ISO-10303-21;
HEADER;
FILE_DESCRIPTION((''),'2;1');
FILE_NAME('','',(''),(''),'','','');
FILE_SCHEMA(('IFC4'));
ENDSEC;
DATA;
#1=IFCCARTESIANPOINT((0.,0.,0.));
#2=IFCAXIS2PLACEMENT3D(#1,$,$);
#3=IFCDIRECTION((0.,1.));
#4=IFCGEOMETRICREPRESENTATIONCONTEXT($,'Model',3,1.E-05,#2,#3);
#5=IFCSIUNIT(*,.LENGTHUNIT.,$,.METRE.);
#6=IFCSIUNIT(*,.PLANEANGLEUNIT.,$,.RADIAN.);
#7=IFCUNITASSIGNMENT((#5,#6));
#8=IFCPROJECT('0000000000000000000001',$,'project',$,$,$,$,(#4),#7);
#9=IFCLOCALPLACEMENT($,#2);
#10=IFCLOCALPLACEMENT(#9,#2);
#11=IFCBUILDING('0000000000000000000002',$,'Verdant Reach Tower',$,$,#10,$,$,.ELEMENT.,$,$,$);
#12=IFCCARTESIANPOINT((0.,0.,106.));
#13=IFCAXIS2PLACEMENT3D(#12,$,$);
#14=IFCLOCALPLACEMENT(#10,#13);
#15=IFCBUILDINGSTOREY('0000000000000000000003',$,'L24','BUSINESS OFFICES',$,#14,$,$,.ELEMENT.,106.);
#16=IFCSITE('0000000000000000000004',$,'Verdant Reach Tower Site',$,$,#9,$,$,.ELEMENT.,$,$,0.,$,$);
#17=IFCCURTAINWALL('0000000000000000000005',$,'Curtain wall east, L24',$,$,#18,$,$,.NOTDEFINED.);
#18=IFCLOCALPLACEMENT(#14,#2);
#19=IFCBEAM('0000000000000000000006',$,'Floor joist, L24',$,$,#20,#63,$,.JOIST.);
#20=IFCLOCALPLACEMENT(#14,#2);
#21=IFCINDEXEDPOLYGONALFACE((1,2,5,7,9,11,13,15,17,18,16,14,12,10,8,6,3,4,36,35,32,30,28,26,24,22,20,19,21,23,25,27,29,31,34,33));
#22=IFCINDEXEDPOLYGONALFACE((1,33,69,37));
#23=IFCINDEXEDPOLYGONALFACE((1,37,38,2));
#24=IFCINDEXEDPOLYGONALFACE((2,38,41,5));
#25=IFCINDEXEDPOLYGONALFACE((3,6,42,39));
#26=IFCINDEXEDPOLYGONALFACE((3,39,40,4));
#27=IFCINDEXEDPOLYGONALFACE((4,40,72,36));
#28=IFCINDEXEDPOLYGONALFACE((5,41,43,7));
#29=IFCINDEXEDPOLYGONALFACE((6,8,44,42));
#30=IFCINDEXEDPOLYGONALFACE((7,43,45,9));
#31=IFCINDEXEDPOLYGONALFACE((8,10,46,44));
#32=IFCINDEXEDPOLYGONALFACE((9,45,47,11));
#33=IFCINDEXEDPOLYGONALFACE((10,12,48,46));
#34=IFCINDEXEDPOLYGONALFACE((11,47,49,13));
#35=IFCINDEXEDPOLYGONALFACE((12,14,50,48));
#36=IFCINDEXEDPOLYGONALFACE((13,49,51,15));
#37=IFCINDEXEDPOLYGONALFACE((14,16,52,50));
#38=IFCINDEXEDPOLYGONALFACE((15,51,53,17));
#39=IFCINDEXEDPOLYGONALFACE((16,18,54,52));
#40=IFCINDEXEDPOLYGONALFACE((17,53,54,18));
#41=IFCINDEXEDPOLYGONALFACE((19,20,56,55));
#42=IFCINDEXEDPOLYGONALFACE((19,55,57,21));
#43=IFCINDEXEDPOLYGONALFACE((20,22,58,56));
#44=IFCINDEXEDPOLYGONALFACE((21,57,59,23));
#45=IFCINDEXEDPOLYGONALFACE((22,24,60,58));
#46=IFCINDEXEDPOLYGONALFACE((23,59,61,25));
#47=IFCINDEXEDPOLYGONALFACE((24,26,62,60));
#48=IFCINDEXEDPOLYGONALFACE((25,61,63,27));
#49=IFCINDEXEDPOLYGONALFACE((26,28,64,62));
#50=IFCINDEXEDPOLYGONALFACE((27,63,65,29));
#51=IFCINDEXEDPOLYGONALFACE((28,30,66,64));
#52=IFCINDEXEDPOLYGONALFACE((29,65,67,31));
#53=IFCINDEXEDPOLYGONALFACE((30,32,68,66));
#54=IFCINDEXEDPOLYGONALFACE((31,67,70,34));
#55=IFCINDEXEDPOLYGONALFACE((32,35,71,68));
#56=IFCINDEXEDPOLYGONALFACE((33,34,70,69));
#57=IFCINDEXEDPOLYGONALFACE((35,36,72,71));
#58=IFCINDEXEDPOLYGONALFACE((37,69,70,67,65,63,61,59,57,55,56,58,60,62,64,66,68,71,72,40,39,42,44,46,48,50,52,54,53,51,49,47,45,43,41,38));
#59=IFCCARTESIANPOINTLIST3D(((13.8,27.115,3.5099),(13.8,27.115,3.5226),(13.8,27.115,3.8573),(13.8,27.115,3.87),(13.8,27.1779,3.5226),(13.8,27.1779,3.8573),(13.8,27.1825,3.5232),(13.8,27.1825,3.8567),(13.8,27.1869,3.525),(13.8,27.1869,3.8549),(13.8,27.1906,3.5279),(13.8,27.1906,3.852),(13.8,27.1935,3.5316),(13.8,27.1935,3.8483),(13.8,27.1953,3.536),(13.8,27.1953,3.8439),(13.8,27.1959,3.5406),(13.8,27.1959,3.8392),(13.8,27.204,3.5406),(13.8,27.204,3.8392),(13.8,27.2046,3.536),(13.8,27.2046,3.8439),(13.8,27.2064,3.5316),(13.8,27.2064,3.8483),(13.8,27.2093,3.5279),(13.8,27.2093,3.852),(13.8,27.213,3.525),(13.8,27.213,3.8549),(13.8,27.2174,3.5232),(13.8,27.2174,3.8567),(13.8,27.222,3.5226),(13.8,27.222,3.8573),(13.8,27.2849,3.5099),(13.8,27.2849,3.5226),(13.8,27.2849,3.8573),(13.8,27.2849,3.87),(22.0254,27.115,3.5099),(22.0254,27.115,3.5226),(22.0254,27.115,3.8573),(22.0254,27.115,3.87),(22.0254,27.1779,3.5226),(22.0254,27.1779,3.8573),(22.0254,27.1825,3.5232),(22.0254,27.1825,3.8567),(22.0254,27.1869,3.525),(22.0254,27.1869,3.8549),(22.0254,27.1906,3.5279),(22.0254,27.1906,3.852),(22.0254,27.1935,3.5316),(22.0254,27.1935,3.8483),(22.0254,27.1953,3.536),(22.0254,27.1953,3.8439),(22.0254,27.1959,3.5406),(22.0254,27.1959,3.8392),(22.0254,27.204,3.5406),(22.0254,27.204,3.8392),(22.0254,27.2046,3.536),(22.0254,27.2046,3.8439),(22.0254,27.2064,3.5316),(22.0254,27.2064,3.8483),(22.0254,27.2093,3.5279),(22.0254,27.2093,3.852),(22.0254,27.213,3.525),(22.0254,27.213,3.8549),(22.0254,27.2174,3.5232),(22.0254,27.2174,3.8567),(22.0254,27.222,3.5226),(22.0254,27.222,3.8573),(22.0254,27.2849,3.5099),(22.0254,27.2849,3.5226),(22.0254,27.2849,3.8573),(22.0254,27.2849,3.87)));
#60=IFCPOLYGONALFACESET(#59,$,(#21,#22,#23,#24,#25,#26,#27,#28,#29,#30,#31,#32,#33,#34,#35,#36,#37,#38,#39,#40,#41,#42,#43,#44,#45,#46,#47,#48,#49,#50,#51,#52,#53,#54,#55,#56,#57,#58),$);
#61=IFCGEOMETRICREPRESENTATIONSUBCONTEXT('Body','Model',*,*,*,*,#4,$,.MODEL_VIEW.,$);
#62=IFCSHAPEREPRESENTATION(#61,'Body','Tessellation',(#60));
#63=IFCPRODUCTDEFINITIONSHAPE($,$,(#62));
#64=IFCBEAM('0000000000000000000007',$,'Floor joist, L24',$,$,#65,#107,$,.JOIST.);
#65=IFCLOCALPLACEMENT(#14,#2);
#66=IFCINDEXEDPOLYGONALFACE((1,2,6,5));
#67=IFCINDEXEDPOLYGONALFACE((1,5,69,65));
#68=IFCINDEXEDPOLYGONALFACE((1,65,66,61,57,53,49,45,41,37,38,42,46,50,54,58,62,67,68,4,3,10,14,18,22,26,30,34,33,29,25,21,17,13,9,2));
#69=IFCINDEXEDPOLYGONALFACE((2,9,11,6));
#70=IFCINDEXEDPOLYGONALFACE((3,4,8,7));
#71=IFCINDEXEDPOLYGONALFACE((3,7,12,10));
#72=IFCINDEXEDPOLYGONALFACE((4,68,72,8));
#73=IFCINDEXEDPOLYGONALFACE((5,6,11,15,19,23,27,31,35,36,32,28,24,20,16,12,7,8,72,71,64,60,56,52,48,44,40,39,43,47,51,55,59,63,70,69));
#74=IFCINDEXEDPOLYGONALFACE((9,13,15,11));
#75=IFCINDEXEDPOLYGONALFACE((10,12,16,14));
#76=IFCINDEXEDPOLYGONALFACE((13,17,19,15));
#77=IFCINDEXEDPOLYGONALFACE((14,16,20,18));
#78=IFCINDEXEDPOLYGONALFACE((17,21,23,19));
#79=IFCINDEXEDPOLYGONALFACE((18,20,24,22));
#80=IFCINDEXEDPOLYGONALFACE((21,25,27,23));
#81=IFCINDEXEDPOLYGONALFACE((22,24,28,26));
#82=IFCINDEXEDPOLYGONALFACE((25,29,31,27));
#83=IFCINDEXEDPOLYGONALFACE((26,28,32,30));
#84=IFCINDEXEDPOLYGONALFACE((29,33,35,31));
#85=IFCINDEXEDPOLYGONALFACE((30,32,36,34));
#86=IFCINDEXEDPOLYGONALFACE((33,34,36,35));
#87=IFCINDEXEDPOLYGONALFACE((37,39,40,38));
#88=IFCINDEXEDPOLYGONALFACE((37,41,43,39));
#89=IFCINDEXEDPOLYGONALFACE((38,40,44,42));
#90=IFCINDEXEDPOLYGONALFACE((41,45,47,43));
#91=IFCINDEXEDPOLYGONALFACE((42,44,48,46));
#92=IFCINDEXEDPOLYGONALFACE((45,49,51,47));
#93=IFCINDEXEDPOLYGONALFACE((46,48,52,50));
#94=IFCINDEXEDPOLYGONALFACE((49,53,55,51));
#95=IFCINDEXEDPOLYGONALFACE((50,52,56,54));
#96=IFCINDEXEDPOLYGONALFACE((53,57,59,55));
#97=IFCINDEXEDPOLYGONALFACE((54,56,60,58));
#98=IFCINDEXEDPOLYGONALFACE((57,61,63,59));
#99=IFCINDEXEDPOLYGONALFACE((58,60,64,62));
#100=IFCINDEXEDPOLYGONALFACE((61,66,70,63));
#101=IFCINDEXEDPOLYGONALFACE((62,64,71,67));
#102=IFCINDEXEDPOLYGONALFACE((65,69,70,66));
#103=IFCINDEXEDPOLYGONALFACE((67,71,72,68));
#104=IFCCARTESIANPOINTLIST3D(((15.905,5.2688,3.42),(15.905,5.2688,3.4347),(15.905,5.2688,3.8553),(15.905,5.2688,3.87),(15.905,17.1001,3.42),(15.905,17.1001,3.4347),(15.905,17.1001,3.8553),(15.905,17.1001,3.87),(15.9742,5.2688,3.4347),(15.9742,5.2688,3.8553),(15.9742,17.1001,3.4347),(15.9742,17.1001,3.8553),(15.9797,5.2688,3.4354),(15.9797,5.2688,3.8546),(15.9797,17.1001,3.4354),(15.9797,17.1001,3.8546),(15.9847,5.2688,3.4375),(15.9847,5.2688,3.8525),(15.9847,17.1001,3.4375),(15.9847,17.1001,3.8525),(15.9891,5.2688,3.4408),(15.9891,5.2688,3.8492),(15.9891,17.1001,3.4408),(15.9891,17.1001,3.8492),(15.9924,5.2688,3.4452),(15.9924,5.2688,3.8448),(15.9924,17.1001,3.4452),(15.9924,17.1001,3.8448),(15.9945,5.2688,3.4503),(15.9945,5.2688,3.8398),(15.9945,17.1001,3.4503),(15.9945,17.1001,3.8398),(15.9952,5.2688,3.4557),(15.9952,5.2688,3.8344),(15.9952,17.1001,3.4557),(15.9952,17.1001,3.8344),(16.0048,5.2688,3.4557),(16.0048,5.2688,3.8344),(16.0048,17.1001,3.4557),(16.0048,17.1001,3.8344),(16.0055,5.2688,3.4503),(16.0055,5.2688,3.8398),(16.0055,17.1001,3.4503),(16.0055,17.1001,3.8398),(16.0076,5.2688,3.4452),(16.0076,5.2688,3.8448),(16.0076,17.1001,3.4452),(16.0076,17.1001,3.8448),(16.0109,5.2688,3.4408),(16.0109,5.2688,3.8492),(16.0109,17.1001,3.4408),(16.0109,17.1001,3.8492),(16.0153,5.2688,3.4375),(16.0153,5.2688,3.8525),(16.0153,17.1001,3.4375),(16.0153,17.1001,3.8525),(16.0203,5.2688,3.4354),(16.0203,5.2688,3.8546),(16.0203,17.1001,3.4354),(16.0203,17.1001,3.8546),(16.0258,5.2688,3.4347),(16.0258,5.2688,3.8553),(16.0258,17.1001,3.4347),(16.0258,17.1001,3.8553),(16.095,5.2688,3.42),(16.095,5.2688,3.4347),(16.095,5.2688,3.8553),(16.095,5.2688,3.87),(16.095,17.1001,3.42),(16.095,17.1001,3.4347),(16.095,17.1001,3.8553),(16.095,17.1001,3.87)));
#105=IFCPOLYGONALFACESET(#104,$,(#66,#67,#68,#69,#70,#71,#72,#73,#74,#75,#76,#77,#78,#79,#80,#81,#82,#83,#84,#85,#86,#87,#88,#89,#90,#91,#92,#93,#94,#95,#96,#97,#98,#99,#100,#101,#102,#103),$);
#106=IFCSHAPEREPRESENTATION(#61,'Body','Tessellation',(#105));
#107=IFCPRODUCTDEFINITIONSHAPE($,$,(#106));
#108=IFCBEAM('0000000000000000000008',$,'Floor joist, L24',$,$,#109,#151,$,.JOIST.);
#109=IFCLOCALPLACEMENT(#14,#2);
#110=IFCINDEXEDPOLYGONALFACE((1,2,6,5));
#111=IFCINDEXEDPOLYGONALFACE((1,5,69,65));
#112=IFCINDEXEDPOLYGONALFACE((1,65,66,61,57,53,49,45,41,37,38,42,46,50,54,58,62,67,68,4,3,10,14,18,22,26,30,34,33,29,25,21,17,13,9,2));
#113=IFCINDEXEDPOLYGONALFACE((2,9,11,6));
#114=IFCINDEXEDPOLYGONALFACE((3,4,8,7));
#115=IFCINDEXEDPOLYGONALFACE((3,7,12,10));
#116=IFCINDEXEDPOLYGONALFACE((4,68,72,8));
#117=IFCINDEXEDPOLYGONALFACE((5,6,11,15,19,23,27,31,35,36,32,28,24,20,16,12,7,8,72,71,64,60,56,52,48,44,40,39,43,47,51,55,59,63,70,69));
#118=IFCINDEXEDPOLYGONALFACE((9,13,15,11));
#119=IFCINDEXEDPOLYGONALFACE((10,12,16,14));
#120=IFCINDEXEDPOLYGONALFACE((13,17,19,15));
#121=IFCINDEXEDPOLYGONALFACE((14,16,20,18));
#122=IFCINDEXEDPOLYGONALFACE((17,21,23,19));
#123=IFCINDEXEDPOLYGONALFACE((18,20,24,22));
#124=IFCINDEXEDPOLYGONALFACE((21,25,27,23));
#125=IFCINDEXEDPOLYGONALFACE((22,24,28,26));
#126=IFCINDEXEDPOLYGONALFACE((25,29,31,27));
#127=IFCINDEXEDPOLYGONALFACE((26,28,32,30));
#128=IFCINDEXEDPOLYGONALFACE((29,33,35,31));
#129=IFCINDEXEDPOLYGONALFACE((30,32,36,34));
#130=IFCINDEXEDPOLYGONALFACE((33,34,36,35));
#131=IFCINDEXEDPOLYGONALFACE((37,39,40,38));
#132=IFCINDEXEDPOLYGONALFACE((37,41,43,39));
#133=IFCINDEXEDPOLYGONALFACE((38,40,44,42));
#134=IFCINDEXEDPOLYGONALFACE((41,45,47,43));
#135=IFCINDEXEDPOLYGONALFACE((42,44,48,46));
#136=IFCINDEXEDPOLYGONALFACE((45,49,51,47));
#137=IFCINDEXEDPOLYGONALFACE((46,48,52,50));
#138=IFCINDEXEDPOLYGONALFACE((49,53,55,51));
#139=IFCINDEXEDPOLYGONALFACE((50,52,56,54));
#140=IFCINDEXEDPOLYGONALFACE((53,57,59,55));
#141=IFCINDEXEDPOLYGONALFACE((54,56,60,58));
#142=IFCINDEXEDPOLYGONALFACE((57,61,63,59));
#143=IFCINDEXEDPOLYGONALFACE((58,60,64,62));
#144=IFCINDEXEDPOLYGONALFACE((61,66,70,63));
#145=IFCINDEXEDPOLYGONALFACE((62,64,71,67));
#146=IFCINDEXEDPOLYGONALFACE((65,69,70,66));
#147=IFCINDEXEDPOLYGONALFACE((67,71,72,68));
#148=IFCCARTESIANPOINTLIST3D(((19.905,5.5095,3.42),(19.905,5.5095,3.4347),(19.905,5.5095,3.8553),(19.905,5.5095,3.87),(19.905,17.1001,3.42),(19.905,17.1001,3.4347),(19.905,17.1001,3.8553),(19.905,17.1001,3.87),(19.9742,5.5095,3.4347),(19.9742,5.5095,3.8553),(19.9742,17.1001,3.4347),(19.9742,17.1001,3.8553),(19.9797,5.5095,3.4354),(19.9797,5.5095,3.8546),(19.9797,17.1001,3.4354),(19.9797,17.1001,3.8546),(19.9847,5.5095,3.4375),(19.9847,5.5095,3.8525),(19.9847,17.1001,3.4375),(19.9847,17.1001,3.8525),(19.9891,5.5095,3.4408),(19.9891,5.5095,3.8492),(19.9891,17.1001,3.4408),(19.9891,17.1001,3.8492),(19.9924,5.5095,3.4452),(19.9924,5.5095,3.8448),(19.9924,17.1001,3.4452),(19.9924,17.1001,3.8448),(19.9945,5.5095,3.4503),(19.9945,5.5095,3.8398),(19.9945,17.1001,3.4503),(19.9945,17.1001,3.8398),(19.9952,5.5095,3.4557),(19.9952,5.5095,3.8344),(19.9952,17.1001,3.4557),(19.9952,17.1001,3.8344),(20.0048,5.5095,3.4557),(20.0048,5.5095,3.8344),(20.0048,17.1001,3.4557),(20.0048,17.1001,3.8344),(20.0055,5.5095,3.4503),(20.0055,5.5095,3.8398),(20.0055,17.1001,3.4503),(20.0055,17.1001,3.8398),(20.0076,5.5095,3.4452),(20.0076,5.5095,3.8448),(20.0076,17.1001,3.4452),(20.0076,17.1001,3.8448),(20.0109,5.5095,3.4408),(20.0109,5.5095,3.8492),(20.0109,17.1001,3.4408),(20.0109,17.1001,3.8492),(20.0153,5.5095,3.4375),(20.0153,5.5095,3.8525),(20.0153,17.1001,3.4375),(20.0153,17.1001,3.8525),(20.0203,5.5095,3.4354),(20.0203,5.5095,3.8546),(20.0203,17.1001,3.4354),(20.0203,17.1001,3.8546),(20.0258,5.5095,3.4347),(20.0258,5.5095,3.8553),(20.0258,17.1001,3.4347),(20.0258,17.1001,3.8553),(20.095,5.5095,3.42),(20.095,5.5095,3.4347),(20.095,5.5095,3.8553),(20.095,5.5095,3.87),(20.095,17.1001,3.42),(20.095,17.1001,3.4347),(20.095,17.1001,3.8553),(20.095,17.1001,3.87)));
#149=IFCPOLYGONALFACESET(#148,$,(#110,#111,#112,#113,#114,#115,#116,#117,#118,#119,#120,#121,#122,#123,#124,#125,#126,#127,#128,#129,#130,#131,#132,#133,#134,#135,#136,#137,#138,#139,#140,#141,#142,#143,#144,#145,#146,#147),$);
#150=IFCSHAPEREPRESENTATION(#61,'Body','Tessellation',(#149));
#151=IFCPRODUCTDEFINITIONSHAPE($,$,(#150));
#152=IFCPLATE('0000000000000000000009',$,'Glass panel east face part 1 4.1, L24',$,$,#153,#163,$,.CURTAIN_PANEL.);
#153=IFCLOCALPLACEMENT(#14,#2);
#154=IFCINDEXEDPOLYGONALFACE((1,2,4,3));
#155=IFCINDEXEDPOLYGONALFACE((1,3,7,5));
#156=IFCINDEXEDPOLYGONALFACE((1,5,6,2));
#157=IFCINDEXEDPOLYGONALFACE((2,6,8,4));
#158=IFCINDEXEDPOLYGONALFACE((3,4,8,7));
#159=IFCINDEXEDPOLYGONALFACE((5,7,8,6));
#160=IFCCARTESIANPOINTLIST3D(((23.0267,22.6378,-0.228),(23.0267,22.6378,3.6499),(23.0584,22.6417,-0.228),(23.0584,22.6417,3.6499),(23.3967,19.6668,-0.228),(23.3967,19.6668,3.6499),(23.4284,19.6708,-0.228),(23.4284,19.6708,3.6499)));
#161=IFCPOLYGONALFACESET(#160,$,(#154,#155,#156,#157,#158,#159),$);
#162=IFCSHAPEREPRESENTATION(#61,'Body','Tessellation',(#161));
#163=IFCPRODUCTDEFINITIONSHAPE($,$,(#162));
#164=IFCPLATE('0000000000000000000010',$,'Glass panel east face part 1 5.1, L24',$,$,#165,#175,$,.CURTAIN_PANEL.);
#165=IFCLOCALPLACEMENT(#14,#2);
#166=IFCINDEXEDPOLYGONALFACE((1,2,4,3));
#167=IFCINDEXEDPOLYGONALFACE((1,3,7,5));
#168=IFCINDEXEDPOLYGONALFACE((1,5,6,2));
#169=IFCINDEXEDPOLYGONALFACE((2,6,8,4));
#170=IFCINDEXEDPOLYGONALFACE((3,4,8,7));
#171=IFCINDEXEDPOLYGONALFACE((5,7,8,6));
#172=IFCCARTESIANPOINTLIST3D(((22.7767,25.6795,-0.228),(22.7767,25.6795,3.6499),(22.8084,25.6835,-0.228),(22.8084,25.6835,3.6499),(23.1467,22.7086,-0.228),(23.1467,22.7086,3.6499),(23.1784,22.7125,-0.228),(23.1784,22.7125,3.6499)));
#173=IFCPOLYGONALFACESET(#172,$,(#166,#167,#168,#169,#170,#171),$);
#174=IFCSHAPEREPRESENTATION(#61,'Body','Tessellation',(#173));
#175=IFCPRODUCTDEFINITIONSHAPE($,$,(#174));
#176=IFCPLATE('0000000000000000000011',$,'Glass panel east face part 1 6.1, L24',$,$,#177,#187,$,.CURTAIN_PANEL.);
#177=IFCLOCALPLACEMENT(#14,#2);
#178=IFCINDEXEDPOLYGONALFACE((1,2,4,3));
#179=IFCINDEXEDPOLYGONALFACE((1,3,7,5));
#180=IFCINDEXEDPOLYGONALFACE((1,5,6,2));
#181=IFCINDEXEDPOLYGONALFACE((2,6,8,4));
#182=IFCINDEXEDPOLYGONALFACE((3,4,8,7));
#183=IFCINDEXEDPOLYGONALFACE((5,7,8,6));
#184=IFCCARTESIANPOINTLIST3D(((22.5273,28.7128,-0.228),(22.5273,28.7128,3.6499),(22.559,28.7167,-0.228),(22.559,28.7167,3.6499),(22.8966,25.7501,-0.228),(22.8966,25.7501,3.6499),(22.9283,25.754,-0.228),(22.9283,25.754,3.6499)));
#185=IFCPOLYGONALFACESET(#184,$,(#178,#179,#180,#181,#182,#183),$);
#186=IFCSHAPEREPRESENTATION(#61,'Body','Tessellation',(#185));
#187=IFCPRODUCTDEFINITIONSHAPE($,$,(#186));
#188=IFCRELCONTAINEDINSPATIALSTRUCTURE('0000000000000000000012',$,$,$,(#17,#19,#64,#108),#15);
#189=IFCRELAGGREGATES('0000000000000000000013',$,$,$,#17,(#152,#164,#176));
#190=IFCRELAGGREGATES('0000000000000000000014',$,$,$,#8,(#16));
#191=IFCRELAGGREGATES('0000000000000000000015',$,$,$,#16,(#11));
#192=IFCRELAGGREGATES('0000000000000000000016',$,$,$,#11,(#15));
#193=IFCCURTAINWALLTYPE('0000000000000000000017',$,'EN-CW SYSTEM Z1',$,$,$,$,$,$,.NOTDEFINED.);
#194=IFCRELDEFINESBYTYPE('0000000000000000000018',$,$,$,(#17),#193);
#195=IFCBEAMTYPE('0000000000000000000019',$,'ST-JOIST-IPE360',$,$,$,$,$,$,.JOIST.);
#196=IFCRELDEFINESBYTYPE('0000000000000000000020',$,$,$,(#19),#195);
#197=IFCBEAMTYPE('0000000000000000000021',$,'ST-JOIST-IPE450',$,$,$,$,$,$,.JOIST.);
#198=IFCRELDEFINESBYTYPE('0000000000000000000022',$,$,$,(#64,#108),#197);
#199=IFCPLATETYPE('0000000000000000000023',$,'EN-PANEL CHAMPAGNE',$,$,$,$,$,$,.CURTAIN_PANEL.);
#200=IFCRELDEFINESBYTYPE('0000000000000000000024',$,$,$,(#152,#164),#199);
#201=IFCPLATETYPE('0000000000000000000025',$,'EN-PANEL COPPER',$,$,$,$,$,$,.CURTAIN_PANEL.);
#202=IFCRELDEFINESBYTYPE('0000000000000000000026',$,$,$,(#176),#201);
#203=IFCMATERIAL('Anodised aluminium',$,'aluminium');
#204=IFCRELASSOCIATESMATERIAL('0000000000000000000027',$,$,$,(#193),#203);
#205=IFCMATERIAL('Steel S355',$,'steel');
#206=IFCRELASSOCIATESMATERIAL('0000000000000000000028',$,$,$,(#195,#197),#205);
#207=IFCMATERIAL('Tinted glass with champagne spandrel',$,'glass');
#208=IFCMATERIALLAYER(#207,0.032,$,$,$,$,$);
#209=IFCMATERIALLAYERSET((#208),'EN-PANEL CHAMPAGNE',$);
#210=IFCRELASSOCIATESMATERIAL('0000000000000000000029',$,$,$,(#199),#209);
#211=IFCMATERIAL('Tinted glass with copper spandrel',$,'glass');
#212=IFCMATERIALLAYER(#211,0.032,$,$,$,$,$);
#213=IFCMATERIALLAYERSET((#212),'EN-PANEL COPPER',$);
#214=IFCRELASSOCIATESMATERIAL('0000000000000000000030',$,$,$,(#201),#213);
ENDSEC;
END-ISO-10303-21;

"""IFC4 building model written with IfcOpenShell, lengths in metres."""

from ifc_helpers import new_model, si_unit, direction, frame, origin, origin_2d, place, context, subcontext, project, spatial, rectangle, i_section, extrude, material, layer, layer_set, material_profile, profile_set, type_object, element, aggregate, save


model = new_model("IFC4")

# Units and contexts
model_context = context("Model", 3, precision=1e-05, world=origin(), true_north=direction((0.0, 1.0)))
body_context = subcontext(model_context, "Body", "Model", "MODEL_VIEW")
ifc_project = project(units=[si_unit("LENGTHUNIT", "METRE"), si_unit("PLANEANGLEUNIT", "RADIAN")], contexts=[model_context])

# Site, building, storey
site_placement = place(None, origin())
site = spatial("IfcSite", under=ifc_project, at=site_placement, Name="Verdant Reach Tower Site", CompositionType="ELEMENT", RefElevation=0.0)
building_placement = place(site_placement, origin())
building = spatial("IfcBuilding", under=site, at=building_placement, Name="Verdant Reach Tower", CompositionType="ELEMENT")
storey_placement = place(building_placement, frame((0.0, 0.0, 106.0)))
storey = spatial("IfcBuildingStorey", under=building, at=storey_placement, Name="L24", Description="BUSINESS OFFICES", CompositionType="ELEMENT", Elevation=106.0)

# Curtain wall
ifc_material_1 = material(Name="Anodised aluminium", Category="aluminium")
curtain_wall_type = type_object("IfcCurtainWallType", Name="EN-CW SYSTEM Z1", PredefinedType="NOTDEFINED", material=ifc_material_1)
curtain_wall_placement = place(storey_placement, origin())
curtain_wall = element("IfcCurtainWall", 1, at=curtain_wall_placement, inside=storey, type_object=curtain_wall_type, Name="Curtain wall east, L24", PredefinedType="NOTDEFINED")

# Beams
ifc_material_2 = material(Name="Steel S355", Category="steel")
ifc_material_profile_1 = material_profile(ifc_material_2, i_section(OverallWidth=0.1699, OverallDepth=0.3601, WebThickness=0.0081, FlangeThickness=0.0127, FilletRadius=0.0181, at=origin_2d()), Name="IPE 360")
ifc_profile_set_1 = profile_set([ifc_material_profile_1], Name="Steel S355")
beam_type_1 = type_object("IfcBeamType", Name="ST-JOIST-IPE360", PredefinedType="JOIST", material=ifc_profile_set_1)
beam_1_placement = place(storey_placement, frame((13.8, 27.2, 3.6899), z_axis=(1.0, 0.0, 0.0), x_axis=(0.0, 1.0, 0.0)))
element("IfcBeam", 2, at=beam_1_placement, inside=storey, type_object=beam_type_1, Name="Floor joist, L24", PredefinedType="JOIST", context=body_context, shape_type="SweptSolid", body=[
    extrude(i_section(OverallWidth=0.1699, OverallDepth=0.3601, WebThickness=0.0081, FlangeThickness=0.0127, FilletRadius=0.0181, at=origin_2d()), origin(), (0.0, 0.0, 1.0), 8.2253),
])
ifc_material_profile_2 = material_profile(ifc_material_2, i_section(OverallWidth=0.1899, OverallDepth=0.45, WebThickness=0.0095, FlangeThickness=0.0146, FilletRadius=0.021, at=origin_2d()), Name="IPE 450")
ifc_profile_set_2 = profile_set([ifc_material_profile_2], Name="Steel S355")
beam_type_2 = type_object("IfcBeamType", Name="ST-JOIST-IPE450", PredefinedType="JOIST", material=ifc_profile_set_2)
beam_2_placement = place(storey_placement, frame((16.0, 17.1001, 3.645), z_axis=(0.0, -1.0, 0.0), x_axis=(1.0, 0.0, 0.0)))
element("IfcBeam", 3, at=beam_2_placement, inside=storey, type_object=beam_type_2, Name="Floor joist, L24", PredefinedType="JOIST", context=body_context, shape_type="SweptSolid", body=[
    extrude(i_section(OverallWidth=0.1899, OverallDepth=0.45, WebThickness=0.0095, FlangeThickness=0.0146, FilletRadius=0.021, at=origin_2d()), origin(), (0.0, 0.0, 1.0), 11.8313),
])
beam_3_placement = place(storey_placement, frame((20.0, 17.1001, 3.645), z_axis=(0.0, -1.0, 0.0), x_axis=(1.0, 0.0, 0.0)))
element("IfcBeam", 4, at=beam_3_placement, inside=storey, type_object=beam_type_2, Name="Floor joist, L24", PredefinedType="JOIST", context=body_context, shape_type="SweptSolid", body=[
    extrude(i_section(OverallWidth=0.1899, OverallDepth=0.45, WebThickness=0.0095, FlangeThickness=0.0146, FilletRadius=0.021, at=origin_2d()), origin(), (0.0, 0.0, 1.0), 11.5906),
])

# Plates
ifc_material_3 = material(Name="Tinted glass with champagne spandrel", Category="glass")
ifc_layer_1 = layer(ifc_material_3, 0.032)
ifc_layer_set_1 = layer_set([ifc_layer_1], Name="EN-PANEL CHAMPAGNE")
plate_type_1 = type_object("IfcPlateType", Name="EN-PANEL CHAMPAGNE", PredefinedType="CURTAIN_PANEL", material=ifc_layer_set_1)
plate_1_placement = place(storey_placement, frame((23.2275, 21.1543, -0.228), z_axis=(0.0, 0.0, 1.0), x_axis=(-0.123579, 0.992335, 0.0)))
plate_1 = element("IfcPlate", 5, at=plate_1_placement, type_object=plate_type_1, Name="Glass panel east face part 1 4.1, L24", PredefinedType="CURTAIN_PANEL", context=body_context, shape_type="SweptSolid", body=[
    extrude(rectangle(XDim=2.9939, YDim=0.032, at=origin_2d()), origin(), (0.0, 0.0, 1.0), 3.8779),
])
plate_2_placement = place(storey_placement, frame((22.9775, 24.196, -0.228), z_axis=(0.0, 0.0, 1.0), x_axis=(-0.123579, 0.992335, 0.0)))
plate_2 = element("IfcPlate", 6, at=plate_2_placement, type_object=plate_type_1, Name="Glass panel east face part 1 5.1, L24", PredefinedType="CURTAIN_PANEL", context=body_context, shape_type="SweptSolid", body=[
    extrude(rectangle(XDim=2.9939, YDim=0.032, at=origin_2d()), origin(), (0.0, 0.0, 1.0), 3.8779),
])
ifc_material_4 = material(Name="Tinted glass with copper spandrel", Category="glass")
ifc_layer_2 = layer(ifc_material_4, 0.032)
ifc_layer_set_2 = layer_set([ifc_layer_2], Name="EN-PANEL COPPER")
plate_type_2 = type_object("IfcPlateType", Name="EN-PANEL COPPER", PredefinedType="CURTAIN_PANEL", material=ifc_layer_set_2)
plate_3_placement = place(storey_placement, frame((22.7278, 27.2334, -0.228), z_axis=(0.0, 0.0, 1.0), x_axis=(-0.123691, 0.992321, 0.0)))
plate_3 = element("IfcPlate", 7, at=plate_3_placement, type_object=plate_type_2, Name="Glass panel east face part 1 6.1, L24", PredefinedType="CURTAIN_PANEL", context=body_context, shape_type="SweptSolid", body=[
    extrude(rectangle(XDim=2.9856, YDim=0.032, at=origin_2d()), origin(), (0.0, 0.0, 1.0), 3.8779),
])
aggregate(curtain_wall, [plate_1, plate_2, plate_3])

save(model, "model.ifc")
